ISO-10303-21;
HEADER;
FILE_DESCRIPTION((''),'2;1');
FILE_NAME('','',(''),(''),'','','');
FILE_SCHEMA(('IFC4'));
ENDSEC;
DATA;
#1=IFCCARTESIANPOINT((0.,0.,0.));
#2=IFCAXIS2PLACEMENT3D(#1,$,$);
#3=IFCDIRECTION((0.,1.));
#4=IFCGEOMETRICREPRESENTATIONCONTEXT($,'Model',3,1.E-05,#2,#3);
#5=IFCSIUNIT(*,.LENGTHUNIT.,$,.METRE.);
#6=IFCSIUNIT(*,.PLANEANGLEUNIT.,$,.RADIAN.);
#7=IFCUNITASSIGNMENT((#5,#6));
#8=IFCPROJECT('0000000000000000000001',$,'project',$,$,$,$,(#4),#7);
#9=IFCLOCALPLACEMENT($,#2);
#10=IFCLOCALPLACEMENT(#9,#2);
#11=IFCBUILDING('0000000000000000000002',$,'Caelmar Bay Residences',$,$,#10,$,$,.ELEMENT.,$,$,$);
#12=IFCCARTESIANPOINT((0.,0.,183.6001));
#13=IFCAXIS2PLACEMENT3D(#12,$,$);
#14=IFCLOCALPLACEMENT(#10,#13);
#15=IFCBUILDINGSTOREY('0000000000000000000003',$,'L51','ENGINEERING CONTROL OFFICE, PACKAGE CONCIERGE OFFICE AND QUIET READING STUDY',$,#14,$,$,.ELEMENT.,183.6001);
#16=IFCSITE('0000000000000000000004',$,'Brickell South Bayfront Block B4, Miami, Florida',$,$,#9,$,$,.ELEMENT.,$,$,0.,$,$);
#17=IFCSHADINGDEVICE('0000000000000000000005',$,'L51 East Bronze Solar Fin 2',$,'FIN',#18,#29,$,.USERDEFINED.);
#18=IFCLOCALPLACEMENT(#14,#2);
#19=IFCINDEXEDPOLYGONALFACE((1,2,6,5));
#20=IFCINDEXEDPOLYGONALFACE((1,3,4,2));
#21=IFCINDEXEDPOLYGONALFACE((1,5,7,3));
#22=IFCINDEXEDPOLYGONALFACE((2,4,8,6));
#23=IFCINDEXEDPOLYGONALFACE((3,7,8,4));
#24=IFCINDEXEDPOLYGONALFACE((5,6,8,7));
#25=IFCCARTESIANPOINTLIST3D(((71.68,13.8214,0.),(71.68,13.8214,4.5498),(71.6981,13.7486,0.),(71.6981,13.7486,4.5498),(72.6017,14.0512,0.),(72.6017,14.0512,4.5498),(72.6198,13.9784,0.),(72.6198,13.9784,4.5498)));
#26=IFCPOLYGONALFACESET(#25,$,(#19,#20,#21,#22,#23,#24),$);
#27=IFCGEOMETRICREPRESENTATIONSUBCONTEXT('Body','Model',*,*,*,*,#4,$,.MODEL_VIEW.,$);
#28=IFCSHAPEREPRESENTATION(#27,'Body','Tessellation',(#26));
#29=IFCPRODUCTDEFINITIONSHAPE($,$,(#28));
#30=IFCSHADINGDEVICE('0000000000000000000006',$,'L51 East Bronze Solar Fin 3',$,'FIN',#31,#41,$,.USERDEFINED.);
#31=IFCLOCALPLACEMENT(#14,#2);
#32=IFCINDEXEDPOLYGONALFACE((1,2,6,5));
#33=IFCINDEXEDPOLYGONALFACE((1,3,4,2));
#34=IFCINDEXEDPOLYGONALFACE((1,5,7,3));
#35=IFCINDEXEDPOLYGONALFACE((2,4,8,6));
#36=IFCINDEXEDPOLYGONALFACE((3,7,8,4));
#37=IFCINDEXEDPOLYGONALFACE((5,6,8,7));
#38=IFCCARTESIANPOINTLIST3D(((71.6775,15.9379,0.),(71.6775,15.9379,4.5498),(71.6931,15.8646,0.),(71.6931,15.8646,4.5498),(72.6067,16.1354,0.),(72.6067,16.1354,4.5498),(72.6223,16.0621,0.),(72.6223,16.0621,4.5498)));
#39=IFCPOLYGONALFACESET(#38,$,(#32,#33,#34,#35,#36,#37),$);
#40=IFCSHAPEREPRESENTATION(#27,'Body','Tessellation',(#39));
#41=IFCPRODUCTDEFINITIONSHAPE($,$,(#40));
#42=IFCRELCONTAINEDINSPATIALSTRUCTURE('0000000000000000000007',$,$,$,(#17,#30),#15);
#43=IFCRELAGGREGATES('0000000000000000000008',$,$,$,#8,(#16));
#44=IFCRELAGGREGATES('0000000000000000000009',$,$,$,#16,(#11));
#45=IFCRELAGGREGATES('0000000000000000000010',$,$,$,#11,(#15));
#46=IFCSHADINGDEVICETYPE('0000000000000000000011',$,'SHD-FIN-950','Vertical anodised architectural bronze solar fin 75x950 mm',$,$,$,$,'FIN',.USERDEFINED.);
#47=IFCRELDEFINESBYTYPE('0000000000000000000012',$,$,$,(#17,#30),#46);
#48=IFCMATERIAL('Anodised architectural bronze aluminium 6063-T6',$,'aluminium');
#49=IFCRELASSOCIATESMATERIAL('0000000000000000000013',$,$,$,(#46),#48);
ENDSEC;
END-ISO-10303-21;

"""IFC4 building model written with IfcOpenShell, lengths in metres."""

from ifc_helpers import new_model, si_unit, direction, frame, origin, origin_2d, place, context, subcontext, project, spatial, rectangle, extrude, material, material_profile, profile_set, type_object, element, save


model = new_model("IFC4")

# Units and contexts
model_context = context("Model", 3, precision=1e-05, world=origin(), true_north=direction((0.0, 1.0)))
body_context = subcontext(model_context, "Body", "Model", "MODEL_VIEW")
ifc_project = project(units=[si_unit("LENGTHUNIT", "METRE"), si_unit("PLANEANGLEUNIT", "RADIAN")], contexts=[model_context])

# Site, building, storey
site_placement = place(None, origin())
site = spatial("IfcSite", under=ifc_project, at=site_placement, Name="Brickell South Bayfront Block B4, Miami, Florida", CompositionType="ELEMENT", RefElevation=0.0)
building_placement = place(site_placement, origin())
building = spatial("IfcBuilding", under=site, at=building_placement, Name="Caelmar Bay Residences", CompositionType="ELEMENT")
storey_placement = place(building_placement, frame((0.0, 0.0, 183.6001)))
storey = spatial("IfcBuildingStorey", under=building, at=storey_placement, Name="L51", Description="ENGINEERING CONTROL OFFICE, PACKAGE CONCIERGE OFFICE AND QUIET READING STUDY", CompositionType="ELEMENT", Elevation=183.6001)

# Shading devices
ifc_material_1 = material(Name="Anodised architectural bronze aluminium 6063-T6", Category="aluminium")
ifc_material_profile_1 = material_profile(ifc_material_1, rectangle(XDim=0.075, YDim=0.95, at=origin_2d()), Name="BRONZE-FIN-75X950")
ifc_profile_set_1 = profile_set([ifc_material_profile_1], Name="Anodised architectural bronze aluminium 6063-T6")
shading_device_type = type_object("IfcShadingDeviceType", Name="SHD-FIN-950", Description="Vertical anodised architectural bronze solar fin 75x950 mm", ElementType="FIN", PredefinedType="USERDEFINED", material=ifc_profile_set_1)
for number, where, z_axis, x_axis, name in (
    (1, (72.1499, 13.8999, 0.0), (0.0, 0.0, 1.0), (-0.241922, 0.970296, 0.0), "L51 East Bronze Solar Fin 2"),
    (2, (72.1499, 16.0, 0.0), (0.0, 0.0, 1.0), (-0.207912, 0.978148, 0.0), "L51 East Bronze Solar Fin 3"),
):
    element("IfcShadingDevice", number, at=place(storey_placement, frame(where, z_axis=z_axis, x_axis=x_axis)), inside=storey, type_object=shading_device_type, Name=name, ObjectType="FIN", PredefinedType="USERDEFINED", context=body_context, shape_type="SweptSolid", body=[
        extrude(rectangle(XDim=0.075, YDim=0.95, at=origin_2d()), origin(), (0.0, 0.0, 1.0), 4.5498),
    ])

save(model, "model.ifc")
